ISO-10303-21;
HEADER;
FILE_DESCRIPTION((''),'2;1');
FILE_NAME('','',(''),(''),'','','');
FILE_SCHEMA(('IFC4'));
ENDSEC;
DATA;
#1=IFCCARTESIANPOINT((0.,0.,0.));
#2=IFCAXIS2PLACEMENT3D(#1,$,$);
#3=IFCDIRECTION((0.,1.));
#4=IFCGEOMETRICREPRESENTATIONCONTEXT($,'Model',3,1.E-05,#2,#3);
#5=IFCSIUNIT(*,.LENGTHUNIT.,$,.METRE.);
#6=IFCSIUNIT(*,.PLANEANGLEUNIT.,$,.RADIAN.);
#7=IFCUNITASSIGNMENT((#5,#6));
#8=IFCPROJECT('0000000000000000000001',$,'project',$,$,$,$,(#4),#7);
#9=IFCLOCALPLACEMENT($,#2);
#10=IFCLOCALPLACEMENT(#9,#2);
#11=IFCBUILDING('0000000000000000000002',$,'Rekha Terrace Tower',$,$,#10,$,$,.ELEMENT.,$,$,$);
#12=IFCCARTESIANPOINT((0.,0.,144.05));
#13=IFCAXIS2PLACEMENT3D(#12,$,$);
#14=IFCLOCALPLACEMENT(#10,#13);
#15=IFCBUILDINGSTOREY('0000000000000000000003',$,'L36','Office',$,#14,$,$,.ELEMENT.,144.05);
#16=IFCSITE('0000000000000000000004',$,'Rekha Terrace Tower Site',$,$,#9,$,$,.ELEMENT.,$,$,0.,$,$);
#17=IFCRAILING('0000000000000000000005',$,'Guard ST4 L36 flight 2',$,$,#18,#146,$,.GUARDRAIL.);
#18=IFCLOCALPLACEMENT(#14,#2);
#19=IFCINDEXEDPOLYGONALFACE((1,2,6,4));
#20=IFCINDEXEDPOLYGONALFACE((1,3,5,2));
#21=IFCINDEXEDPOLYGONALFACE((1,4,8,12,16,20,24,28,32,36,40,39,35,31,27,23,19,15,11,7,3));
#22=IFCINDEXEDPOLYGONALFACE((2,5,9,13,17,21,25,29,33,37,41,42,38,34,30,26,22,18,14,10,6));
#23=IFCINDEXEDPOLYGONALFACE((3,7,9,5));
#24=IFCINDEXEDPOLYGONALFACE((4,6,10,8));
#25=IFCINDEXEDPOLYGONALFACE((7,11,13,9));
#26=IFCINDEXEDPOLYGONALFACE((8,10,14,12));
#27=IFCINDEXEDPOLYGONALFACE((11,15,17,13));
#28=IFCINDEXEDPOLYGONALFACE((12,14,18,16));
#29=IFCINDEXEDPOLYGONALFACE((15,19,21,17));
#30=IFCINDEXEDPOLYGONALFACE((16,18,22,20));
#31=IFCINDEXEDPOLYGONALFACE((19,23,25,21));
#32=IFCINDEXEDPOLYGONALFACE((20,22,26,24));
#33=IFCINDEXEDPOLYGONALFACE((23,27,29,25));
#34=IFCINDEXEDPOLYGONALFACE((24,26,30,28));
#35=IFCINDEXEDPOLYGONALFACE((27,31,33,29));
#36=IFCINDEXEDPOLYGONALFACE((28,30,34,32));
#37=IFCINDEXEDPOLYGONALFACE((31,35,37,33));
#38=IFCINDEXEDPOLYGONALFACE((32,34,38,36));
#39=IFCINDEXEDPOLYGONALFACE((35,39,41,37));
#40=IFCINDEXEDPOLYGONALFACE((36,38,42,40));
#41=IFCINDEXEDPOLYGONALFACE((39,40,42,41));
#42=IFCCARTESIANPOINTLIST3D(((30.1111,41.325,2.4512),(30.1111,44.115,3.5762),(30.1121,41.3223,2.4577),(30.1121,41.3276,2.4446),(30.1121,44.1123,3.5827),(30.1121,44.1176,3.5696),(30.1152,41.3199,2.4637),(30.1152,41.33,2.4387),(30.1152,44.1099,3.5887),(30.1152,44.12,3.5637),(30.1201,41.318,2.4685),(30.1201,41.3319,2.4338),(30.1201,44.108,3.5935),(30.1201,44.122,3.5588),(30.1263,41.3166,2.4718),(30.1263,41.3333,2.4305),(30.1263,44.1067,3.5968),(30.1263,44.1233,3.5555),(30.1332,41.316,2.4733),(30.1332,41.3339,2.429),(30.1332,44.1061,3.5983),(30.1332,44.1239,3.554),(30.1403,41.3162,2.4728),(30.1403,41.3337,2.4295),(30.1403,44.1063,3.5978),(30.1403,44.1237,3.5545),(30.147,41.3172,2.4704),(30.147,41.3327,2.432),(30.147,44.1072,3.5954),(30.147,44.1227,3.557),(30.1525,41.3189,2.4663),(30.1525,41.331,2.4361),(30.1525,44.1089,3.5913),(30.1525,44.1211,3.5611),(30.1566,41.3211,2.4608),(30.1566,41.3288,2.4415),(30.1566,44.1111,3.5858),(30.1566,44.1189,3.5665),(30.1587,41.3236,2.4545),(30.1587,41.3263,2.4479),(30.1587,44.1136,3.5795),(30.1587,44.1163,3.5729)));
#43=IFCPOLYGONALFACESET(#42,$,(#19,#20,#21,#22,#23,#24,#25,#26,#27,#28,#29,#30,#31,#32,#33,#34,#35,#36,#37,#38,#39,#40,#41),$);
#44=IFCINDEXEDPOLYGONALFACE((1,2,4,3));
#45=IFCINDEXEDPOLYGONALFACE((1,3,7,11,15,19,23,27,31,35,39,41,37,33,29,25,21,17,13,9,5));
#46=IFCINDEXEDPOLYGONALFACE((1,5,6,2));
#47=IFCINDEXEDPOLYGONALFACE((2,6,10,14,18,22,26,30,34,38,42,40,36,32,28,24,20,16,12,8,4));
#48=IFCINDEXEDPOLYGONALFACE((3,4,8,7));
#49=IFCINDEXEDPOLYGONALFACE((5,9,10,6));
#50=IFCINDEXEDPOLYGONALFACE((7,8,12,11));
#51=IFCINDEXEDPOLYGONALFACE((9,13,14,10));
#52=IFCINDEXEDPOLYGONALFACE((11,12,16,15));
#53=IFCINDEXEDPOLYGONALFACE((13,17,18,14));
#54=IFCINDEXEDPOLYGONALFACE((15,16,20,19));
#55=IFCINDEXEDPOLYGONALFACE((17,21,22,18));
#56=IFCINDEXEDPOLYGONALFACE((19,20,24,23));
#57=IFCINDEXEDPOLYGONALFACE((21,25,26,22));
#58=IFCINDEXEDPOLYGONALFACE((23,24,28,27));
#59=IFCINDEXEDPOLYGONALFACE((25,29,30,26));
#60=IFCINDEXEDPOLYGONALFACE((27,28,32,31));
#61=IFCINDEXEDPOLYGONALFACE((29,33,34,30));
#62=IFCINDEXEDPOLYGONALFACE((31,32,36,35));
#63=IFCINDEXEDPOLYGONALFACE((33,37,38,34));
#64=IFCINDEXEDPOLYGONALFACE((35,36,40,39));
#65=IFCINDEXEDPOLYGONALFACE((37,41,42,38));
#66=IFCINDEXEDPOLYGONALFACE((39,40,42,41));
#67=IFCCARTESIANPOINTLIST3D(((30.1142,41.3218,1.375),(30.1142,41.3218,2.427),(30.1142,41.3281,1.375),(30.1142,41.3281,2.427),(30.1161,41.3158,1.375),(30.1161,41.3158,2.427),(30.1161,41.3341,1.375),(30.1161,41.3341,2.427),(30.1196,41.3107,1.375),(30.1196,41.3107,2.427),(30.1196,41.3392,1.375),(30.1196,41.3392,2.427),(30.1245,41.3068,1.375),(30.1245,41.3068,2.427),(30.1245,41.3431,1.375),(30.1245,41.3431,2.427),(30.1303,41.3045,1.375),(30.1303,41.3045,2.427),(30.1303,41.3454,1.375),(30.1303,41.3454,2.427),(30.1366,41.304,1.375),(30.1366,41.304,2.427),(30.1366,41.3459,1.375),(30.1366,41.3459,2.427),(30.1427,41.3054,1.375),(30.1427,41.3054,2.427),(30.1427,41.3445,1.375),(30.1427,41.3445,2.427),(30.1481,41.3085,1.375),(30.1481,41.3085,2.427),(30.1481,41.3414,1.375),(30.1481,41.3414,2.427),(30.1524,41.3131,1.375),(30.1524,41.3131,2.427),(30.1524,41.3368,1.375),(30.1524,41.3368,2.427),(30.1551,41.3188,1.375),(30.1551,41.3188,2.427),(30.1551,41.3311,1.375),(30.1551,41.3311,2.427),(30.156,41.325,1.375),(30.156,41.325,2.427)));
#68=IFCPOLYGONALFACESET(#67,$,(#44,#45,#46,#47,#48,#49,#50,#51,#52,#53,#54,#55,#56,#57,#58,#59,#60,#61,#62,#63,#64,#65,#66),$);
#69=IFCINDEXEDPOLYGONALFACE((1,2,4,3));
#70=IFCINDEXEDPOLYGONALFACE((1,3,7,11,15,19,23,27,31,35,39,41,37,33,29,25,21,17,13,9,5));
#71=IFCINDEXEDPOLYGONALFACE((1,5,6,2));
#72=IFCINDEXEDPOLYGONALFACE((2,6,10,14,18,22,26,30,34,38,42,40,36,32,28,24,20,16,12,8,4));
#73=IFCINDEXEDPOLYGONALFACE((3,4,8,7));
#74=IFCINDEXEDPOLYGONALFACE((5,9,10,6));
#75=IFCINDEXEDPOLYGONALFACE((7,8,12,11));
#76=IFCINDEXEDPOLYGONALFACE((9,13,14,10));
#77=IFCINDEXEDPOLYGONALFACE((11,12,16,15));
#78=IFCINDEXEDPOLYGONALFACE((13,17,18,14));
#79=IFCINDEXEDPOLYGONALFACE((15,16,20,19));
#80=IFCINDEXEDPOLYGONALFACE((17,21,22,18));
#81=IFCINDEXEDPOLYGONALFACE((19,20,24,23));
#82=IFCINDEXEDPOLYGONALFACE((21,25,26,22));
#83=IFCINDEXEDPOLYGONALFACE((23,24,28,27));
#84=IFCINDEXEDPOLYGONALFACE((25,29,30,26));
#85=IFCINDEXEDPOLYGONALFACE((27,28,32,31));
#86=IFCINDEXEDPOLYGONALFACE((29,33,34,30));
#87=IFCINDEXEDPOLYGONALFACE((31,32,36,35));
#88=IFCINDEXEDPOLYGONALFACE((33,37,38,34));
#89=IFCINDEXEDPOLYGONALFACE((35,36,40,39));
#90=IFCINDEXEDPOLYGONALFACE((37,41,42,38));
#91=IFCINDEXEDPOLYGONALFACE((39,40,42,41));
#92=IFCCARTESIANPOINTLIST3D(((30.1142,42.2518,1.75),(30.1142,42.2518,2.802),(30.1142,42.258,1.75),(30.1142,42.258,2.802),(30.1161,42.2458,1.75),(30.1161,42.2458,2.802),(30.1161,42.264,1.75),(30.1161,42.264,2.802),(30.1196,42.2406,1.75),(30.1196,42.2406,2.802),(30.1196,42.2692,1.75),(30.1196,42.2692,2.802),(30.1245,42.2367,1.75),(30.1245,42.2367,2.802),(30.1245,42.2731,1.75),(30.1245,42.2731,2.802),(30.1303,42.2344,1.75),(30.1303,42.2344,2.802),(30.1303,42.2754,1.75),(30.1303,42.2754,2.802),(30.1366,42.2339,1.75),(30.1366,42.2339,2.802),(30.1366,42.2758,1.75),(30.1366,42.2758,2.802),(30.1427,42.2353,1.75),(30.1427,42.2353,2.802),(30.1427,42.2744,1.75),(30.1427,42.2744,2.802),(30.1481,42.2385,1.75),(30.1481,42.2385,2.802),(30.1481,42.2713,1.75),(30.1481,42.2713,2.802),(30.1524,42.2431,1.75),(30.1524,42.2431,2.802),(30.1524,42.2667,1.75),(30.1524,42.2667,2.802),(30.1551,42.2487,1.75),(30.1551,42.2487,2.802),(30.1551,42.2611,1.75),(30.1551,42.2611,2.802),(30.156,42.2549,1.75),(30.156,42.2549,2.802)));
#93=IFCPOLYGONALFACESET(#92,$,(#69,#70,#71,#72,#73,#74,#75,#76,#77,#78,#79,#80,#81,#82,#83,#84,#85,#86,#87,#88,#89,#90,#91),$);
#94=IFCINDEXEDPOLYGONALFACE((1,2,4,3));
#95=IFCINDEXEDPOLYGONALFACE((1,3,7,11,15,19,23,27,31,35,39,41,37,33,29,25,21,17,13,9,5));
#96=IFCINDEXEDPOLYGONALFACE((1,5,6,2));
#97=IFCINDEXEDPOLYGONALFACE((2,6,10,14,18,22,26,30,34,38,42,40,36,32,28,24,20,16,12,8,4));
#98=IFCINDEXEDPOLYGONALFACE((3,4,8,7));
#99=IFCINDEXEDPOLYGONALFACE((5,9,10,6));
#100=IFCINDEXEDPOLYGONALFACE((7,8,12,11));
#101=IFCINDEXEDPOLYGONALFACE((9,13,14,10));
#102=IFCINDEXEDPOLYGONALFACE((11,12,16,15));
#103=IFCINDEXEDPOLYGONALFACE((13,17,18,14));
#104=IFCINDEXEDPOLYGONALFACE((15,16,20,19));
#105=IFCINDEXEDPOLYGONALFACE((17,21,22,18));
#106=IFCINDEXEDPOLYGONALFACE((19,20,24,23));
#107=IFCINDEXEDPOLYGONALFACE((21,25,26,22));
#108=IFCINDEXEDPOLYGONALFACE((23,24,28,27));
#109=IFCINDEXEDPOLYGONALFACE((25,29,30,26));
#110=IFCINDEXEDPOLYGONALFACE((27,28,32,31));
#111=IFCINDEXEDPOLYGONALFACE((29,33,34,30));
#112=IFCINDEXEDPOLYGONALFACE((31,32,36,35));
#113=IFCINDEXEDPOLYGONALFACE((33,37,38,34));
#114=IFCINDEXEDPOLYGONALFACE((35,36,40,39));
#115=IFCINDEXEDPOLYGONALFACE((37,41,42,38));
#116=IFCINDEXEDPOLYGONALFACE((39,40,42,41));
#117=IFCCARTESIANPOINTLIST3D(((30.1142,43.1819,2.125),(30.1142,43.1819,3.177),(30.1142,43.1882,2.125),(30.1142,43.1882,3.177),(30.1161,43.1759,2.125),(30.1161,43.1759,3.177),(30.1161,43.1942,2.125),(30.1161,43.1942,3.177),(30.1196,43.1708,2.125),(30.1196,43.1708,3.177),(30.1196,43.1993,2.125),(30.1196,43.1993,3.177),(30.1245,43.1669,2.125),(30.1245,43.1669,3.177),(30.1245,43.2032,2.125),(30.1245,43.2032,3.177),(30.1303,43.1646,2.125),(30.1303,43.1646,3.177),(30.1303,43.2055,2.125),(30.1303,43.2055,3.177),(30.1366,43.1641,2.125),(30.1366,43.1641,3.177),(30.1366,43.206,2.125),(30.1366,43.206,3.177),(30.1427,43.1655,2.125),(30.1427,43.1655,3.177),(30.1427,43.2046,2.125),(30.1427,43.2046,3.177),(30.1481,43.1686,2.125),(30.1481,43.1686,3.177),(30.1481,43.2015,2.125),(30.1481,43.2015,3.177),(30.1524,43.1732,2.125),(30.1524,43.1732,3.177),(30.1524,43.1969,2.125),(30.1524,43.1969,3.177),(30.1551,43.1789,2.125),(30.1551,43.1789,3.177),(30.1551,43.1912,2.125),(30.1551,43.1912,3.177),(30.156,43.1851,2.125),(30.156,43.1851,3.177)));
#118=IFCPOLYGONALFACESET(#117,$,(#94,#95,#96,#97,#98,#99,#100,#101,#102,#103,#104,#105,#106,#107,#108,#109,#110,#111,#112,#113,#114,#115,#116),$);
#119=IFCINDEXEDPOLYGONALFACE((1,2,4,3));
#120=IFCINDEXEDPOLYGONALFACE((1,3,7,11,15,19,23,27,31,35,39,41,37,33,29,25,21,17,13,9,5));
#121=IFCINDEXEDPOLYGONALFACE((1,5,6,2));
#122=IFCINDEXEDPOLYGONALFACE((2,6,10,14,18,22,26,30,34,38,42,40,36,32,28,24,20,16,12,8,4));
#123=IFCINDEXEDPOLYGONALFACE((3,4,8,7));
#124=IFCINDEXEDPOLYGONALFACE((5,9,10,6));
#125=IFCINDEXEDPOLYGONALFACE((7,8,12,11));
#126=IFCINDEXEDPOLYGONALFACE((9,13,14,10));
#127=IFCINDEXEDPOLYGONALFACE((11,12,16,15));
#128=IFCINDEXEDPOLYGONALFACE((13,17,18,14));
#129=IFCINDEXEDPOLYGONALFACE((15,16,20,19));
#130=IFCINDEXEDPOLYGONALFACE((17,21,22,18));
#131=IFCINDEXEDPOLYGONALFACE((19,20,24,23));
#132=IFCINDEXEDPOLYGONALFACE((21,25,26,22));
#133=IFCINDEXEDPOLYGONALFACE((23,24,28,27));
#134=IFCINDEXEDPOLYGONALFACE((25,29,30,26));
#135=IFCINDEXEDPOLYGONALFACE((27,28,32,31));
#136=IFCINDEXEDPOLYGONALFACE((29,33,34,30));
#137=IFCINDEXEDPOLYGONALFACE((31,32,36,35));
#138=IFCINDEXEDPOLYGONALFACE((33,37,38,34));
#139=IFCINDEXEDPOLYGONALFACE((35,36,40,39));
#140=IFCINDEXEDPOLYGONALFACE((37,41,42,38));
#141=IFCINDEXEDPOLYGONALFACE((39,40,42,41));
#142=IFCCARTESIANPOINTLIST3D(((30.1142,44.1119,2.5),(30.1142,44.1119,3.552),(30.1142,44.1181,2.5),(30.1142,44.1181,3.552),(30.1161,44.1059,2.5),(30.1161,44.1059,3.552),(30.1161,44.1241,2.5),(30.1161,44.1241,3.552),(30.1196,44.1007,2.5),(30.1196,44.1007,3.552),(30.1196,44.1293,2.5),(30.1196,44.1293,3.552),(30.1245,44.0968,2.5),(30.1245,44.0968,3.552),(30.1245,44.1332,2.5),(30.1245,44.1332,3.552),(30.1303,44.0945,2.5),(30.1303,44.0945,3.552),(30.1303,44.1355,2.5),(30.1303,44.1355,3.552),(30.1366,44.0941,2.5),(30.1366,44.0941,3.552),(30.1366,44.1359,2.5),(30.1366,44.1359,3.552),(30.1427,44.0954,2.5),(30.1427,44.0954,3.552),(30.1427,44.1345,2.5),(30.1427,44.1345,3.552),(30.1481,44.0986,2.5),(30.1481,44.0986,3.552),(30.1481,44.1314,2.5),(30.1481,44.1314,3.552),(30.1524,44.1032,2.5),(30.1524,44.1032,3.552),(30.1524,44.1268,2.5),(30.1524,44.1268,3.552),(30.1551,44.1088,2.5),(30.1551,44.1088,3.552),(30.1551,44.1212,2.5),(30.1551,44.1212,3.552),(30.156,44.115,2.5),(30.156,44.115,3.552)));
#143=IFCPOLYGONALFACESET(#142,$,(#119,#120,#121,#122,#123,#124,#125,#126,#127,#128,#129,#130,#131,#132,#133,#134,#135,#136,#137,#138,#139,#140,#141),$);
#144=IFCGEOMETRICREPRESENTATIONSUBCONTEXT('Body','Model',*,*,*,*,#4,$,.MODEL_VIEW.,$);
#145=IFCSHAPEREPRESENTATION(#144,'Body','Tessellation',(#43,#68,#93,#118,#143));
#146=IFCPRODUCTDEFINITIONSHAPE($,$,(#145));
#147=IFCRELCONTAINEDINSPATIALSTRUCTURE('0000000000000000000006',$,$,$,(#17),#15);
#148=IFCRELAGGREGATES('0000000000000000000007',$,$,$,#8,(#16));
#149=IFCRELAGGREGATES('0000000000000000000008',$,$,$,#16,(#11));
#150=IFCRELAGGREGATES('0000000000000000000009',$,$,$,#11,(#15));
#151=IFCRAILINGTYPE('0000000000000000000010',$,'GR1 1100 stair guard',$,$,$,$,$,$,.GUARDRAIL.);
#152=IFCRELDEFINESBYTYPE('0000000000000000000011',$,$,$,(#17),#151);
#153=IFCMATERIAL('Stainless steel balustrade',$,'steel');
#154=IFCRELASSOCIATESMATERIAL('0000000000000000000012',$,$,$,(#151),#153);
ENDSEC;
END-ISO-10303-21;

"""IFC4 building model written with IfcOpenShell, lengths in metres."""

from ifc_helpers import new_model, si_unit, direction, frame, origin, origin_2d, place, context, subcontext, project, spatial, circle, extrude, material, type_object, element, save


model = new_model("IFC4")

# Units and contexts
model_context = context("Model", 3, precision=1e-05, world=origin(), true_north=direction((0.0, 1.0)))
body_context = subcontext(model_context, "Body", "Model", "MODEL_VIEW")
ifc_project = project(units=[si_unit("LENGTHUNIT", "METRE"), si_unit("PLANEANGLEUNIT", "RADIAN")], contexts=[model_context])

# Site, building, storey
site_placement = place(None, origin())
site = spatial("IfcSite", under=ifc_project, at=site_placement, Name="Rekha Terrace Tower Site", CompositionType="ELEMENT", RefElevation=0.0)
building_placement = place(site_placement, origin())
building = spatial("IfcBuilding", under=site, at=building_placement, Name="Rekha Terrace Tower", CompositionType="ELEMENT")
storey_placement = place(building_placement, frame((0.0, 0.0, 144.05)))
storey = spatial("IfcBuildingStorey", under=building, at=storey_placement, Name="L36", Description="Office", CompositionType="ELEMENT", Elevation=144.05)

# Railing
ifc_material_1 = material(Name="Stainless steel balustrade", Category="steel")
railing_type_1 = type_object("IfcRailingType", Name="GR1 1100 stair guard", PredefinedType="GUARDRAIL", material=ifc_material_1)
railing_1_placement = place(storey_placement, frame((30.135, 41.325, 1.375)))
element("IfcRailing", 1, at=railing_1_placement, inside=storey, type_object=railing_type_1, Name="Guard ST4 L36 flight 2", PredefinedType="GUARDRAIL", context=body_context, shape_type="SweptSolid", body=[
    extrude(circle(Radius=0.0239, at=origin_2d()), frame((0.0, 0.0, 1.0762), z_axis=(0.0, 0.927443, 0.373964), x_axis=(-1.0, 0.0, 0.0)), (0.0, 0.0, 1.0), 3.0083),
    extrude(circle(Radius=0.021, at=origin_2d()), origin(), (0.0, 0.0, 1.0), 1.052),
    extrude(circle(Radius=0.021, at=origin_2d()), frame((0.0, 0.9299, 0.375)), (0.0, 0.0, 1.0), 1.052),
    extrude(circle(Radius=0.021, at=origin_2d()), frame((0.0, 1.8601, 0.75)), (0.0, 0.0, 1.0), 1.052),
    extrude(circle(Radius=0.021, at=origin_2d()), frame((0.0, 2.79, 1.125)), (0.0, 0.0, 1.0), 1.052),
])

save(model, "model.ifc")
